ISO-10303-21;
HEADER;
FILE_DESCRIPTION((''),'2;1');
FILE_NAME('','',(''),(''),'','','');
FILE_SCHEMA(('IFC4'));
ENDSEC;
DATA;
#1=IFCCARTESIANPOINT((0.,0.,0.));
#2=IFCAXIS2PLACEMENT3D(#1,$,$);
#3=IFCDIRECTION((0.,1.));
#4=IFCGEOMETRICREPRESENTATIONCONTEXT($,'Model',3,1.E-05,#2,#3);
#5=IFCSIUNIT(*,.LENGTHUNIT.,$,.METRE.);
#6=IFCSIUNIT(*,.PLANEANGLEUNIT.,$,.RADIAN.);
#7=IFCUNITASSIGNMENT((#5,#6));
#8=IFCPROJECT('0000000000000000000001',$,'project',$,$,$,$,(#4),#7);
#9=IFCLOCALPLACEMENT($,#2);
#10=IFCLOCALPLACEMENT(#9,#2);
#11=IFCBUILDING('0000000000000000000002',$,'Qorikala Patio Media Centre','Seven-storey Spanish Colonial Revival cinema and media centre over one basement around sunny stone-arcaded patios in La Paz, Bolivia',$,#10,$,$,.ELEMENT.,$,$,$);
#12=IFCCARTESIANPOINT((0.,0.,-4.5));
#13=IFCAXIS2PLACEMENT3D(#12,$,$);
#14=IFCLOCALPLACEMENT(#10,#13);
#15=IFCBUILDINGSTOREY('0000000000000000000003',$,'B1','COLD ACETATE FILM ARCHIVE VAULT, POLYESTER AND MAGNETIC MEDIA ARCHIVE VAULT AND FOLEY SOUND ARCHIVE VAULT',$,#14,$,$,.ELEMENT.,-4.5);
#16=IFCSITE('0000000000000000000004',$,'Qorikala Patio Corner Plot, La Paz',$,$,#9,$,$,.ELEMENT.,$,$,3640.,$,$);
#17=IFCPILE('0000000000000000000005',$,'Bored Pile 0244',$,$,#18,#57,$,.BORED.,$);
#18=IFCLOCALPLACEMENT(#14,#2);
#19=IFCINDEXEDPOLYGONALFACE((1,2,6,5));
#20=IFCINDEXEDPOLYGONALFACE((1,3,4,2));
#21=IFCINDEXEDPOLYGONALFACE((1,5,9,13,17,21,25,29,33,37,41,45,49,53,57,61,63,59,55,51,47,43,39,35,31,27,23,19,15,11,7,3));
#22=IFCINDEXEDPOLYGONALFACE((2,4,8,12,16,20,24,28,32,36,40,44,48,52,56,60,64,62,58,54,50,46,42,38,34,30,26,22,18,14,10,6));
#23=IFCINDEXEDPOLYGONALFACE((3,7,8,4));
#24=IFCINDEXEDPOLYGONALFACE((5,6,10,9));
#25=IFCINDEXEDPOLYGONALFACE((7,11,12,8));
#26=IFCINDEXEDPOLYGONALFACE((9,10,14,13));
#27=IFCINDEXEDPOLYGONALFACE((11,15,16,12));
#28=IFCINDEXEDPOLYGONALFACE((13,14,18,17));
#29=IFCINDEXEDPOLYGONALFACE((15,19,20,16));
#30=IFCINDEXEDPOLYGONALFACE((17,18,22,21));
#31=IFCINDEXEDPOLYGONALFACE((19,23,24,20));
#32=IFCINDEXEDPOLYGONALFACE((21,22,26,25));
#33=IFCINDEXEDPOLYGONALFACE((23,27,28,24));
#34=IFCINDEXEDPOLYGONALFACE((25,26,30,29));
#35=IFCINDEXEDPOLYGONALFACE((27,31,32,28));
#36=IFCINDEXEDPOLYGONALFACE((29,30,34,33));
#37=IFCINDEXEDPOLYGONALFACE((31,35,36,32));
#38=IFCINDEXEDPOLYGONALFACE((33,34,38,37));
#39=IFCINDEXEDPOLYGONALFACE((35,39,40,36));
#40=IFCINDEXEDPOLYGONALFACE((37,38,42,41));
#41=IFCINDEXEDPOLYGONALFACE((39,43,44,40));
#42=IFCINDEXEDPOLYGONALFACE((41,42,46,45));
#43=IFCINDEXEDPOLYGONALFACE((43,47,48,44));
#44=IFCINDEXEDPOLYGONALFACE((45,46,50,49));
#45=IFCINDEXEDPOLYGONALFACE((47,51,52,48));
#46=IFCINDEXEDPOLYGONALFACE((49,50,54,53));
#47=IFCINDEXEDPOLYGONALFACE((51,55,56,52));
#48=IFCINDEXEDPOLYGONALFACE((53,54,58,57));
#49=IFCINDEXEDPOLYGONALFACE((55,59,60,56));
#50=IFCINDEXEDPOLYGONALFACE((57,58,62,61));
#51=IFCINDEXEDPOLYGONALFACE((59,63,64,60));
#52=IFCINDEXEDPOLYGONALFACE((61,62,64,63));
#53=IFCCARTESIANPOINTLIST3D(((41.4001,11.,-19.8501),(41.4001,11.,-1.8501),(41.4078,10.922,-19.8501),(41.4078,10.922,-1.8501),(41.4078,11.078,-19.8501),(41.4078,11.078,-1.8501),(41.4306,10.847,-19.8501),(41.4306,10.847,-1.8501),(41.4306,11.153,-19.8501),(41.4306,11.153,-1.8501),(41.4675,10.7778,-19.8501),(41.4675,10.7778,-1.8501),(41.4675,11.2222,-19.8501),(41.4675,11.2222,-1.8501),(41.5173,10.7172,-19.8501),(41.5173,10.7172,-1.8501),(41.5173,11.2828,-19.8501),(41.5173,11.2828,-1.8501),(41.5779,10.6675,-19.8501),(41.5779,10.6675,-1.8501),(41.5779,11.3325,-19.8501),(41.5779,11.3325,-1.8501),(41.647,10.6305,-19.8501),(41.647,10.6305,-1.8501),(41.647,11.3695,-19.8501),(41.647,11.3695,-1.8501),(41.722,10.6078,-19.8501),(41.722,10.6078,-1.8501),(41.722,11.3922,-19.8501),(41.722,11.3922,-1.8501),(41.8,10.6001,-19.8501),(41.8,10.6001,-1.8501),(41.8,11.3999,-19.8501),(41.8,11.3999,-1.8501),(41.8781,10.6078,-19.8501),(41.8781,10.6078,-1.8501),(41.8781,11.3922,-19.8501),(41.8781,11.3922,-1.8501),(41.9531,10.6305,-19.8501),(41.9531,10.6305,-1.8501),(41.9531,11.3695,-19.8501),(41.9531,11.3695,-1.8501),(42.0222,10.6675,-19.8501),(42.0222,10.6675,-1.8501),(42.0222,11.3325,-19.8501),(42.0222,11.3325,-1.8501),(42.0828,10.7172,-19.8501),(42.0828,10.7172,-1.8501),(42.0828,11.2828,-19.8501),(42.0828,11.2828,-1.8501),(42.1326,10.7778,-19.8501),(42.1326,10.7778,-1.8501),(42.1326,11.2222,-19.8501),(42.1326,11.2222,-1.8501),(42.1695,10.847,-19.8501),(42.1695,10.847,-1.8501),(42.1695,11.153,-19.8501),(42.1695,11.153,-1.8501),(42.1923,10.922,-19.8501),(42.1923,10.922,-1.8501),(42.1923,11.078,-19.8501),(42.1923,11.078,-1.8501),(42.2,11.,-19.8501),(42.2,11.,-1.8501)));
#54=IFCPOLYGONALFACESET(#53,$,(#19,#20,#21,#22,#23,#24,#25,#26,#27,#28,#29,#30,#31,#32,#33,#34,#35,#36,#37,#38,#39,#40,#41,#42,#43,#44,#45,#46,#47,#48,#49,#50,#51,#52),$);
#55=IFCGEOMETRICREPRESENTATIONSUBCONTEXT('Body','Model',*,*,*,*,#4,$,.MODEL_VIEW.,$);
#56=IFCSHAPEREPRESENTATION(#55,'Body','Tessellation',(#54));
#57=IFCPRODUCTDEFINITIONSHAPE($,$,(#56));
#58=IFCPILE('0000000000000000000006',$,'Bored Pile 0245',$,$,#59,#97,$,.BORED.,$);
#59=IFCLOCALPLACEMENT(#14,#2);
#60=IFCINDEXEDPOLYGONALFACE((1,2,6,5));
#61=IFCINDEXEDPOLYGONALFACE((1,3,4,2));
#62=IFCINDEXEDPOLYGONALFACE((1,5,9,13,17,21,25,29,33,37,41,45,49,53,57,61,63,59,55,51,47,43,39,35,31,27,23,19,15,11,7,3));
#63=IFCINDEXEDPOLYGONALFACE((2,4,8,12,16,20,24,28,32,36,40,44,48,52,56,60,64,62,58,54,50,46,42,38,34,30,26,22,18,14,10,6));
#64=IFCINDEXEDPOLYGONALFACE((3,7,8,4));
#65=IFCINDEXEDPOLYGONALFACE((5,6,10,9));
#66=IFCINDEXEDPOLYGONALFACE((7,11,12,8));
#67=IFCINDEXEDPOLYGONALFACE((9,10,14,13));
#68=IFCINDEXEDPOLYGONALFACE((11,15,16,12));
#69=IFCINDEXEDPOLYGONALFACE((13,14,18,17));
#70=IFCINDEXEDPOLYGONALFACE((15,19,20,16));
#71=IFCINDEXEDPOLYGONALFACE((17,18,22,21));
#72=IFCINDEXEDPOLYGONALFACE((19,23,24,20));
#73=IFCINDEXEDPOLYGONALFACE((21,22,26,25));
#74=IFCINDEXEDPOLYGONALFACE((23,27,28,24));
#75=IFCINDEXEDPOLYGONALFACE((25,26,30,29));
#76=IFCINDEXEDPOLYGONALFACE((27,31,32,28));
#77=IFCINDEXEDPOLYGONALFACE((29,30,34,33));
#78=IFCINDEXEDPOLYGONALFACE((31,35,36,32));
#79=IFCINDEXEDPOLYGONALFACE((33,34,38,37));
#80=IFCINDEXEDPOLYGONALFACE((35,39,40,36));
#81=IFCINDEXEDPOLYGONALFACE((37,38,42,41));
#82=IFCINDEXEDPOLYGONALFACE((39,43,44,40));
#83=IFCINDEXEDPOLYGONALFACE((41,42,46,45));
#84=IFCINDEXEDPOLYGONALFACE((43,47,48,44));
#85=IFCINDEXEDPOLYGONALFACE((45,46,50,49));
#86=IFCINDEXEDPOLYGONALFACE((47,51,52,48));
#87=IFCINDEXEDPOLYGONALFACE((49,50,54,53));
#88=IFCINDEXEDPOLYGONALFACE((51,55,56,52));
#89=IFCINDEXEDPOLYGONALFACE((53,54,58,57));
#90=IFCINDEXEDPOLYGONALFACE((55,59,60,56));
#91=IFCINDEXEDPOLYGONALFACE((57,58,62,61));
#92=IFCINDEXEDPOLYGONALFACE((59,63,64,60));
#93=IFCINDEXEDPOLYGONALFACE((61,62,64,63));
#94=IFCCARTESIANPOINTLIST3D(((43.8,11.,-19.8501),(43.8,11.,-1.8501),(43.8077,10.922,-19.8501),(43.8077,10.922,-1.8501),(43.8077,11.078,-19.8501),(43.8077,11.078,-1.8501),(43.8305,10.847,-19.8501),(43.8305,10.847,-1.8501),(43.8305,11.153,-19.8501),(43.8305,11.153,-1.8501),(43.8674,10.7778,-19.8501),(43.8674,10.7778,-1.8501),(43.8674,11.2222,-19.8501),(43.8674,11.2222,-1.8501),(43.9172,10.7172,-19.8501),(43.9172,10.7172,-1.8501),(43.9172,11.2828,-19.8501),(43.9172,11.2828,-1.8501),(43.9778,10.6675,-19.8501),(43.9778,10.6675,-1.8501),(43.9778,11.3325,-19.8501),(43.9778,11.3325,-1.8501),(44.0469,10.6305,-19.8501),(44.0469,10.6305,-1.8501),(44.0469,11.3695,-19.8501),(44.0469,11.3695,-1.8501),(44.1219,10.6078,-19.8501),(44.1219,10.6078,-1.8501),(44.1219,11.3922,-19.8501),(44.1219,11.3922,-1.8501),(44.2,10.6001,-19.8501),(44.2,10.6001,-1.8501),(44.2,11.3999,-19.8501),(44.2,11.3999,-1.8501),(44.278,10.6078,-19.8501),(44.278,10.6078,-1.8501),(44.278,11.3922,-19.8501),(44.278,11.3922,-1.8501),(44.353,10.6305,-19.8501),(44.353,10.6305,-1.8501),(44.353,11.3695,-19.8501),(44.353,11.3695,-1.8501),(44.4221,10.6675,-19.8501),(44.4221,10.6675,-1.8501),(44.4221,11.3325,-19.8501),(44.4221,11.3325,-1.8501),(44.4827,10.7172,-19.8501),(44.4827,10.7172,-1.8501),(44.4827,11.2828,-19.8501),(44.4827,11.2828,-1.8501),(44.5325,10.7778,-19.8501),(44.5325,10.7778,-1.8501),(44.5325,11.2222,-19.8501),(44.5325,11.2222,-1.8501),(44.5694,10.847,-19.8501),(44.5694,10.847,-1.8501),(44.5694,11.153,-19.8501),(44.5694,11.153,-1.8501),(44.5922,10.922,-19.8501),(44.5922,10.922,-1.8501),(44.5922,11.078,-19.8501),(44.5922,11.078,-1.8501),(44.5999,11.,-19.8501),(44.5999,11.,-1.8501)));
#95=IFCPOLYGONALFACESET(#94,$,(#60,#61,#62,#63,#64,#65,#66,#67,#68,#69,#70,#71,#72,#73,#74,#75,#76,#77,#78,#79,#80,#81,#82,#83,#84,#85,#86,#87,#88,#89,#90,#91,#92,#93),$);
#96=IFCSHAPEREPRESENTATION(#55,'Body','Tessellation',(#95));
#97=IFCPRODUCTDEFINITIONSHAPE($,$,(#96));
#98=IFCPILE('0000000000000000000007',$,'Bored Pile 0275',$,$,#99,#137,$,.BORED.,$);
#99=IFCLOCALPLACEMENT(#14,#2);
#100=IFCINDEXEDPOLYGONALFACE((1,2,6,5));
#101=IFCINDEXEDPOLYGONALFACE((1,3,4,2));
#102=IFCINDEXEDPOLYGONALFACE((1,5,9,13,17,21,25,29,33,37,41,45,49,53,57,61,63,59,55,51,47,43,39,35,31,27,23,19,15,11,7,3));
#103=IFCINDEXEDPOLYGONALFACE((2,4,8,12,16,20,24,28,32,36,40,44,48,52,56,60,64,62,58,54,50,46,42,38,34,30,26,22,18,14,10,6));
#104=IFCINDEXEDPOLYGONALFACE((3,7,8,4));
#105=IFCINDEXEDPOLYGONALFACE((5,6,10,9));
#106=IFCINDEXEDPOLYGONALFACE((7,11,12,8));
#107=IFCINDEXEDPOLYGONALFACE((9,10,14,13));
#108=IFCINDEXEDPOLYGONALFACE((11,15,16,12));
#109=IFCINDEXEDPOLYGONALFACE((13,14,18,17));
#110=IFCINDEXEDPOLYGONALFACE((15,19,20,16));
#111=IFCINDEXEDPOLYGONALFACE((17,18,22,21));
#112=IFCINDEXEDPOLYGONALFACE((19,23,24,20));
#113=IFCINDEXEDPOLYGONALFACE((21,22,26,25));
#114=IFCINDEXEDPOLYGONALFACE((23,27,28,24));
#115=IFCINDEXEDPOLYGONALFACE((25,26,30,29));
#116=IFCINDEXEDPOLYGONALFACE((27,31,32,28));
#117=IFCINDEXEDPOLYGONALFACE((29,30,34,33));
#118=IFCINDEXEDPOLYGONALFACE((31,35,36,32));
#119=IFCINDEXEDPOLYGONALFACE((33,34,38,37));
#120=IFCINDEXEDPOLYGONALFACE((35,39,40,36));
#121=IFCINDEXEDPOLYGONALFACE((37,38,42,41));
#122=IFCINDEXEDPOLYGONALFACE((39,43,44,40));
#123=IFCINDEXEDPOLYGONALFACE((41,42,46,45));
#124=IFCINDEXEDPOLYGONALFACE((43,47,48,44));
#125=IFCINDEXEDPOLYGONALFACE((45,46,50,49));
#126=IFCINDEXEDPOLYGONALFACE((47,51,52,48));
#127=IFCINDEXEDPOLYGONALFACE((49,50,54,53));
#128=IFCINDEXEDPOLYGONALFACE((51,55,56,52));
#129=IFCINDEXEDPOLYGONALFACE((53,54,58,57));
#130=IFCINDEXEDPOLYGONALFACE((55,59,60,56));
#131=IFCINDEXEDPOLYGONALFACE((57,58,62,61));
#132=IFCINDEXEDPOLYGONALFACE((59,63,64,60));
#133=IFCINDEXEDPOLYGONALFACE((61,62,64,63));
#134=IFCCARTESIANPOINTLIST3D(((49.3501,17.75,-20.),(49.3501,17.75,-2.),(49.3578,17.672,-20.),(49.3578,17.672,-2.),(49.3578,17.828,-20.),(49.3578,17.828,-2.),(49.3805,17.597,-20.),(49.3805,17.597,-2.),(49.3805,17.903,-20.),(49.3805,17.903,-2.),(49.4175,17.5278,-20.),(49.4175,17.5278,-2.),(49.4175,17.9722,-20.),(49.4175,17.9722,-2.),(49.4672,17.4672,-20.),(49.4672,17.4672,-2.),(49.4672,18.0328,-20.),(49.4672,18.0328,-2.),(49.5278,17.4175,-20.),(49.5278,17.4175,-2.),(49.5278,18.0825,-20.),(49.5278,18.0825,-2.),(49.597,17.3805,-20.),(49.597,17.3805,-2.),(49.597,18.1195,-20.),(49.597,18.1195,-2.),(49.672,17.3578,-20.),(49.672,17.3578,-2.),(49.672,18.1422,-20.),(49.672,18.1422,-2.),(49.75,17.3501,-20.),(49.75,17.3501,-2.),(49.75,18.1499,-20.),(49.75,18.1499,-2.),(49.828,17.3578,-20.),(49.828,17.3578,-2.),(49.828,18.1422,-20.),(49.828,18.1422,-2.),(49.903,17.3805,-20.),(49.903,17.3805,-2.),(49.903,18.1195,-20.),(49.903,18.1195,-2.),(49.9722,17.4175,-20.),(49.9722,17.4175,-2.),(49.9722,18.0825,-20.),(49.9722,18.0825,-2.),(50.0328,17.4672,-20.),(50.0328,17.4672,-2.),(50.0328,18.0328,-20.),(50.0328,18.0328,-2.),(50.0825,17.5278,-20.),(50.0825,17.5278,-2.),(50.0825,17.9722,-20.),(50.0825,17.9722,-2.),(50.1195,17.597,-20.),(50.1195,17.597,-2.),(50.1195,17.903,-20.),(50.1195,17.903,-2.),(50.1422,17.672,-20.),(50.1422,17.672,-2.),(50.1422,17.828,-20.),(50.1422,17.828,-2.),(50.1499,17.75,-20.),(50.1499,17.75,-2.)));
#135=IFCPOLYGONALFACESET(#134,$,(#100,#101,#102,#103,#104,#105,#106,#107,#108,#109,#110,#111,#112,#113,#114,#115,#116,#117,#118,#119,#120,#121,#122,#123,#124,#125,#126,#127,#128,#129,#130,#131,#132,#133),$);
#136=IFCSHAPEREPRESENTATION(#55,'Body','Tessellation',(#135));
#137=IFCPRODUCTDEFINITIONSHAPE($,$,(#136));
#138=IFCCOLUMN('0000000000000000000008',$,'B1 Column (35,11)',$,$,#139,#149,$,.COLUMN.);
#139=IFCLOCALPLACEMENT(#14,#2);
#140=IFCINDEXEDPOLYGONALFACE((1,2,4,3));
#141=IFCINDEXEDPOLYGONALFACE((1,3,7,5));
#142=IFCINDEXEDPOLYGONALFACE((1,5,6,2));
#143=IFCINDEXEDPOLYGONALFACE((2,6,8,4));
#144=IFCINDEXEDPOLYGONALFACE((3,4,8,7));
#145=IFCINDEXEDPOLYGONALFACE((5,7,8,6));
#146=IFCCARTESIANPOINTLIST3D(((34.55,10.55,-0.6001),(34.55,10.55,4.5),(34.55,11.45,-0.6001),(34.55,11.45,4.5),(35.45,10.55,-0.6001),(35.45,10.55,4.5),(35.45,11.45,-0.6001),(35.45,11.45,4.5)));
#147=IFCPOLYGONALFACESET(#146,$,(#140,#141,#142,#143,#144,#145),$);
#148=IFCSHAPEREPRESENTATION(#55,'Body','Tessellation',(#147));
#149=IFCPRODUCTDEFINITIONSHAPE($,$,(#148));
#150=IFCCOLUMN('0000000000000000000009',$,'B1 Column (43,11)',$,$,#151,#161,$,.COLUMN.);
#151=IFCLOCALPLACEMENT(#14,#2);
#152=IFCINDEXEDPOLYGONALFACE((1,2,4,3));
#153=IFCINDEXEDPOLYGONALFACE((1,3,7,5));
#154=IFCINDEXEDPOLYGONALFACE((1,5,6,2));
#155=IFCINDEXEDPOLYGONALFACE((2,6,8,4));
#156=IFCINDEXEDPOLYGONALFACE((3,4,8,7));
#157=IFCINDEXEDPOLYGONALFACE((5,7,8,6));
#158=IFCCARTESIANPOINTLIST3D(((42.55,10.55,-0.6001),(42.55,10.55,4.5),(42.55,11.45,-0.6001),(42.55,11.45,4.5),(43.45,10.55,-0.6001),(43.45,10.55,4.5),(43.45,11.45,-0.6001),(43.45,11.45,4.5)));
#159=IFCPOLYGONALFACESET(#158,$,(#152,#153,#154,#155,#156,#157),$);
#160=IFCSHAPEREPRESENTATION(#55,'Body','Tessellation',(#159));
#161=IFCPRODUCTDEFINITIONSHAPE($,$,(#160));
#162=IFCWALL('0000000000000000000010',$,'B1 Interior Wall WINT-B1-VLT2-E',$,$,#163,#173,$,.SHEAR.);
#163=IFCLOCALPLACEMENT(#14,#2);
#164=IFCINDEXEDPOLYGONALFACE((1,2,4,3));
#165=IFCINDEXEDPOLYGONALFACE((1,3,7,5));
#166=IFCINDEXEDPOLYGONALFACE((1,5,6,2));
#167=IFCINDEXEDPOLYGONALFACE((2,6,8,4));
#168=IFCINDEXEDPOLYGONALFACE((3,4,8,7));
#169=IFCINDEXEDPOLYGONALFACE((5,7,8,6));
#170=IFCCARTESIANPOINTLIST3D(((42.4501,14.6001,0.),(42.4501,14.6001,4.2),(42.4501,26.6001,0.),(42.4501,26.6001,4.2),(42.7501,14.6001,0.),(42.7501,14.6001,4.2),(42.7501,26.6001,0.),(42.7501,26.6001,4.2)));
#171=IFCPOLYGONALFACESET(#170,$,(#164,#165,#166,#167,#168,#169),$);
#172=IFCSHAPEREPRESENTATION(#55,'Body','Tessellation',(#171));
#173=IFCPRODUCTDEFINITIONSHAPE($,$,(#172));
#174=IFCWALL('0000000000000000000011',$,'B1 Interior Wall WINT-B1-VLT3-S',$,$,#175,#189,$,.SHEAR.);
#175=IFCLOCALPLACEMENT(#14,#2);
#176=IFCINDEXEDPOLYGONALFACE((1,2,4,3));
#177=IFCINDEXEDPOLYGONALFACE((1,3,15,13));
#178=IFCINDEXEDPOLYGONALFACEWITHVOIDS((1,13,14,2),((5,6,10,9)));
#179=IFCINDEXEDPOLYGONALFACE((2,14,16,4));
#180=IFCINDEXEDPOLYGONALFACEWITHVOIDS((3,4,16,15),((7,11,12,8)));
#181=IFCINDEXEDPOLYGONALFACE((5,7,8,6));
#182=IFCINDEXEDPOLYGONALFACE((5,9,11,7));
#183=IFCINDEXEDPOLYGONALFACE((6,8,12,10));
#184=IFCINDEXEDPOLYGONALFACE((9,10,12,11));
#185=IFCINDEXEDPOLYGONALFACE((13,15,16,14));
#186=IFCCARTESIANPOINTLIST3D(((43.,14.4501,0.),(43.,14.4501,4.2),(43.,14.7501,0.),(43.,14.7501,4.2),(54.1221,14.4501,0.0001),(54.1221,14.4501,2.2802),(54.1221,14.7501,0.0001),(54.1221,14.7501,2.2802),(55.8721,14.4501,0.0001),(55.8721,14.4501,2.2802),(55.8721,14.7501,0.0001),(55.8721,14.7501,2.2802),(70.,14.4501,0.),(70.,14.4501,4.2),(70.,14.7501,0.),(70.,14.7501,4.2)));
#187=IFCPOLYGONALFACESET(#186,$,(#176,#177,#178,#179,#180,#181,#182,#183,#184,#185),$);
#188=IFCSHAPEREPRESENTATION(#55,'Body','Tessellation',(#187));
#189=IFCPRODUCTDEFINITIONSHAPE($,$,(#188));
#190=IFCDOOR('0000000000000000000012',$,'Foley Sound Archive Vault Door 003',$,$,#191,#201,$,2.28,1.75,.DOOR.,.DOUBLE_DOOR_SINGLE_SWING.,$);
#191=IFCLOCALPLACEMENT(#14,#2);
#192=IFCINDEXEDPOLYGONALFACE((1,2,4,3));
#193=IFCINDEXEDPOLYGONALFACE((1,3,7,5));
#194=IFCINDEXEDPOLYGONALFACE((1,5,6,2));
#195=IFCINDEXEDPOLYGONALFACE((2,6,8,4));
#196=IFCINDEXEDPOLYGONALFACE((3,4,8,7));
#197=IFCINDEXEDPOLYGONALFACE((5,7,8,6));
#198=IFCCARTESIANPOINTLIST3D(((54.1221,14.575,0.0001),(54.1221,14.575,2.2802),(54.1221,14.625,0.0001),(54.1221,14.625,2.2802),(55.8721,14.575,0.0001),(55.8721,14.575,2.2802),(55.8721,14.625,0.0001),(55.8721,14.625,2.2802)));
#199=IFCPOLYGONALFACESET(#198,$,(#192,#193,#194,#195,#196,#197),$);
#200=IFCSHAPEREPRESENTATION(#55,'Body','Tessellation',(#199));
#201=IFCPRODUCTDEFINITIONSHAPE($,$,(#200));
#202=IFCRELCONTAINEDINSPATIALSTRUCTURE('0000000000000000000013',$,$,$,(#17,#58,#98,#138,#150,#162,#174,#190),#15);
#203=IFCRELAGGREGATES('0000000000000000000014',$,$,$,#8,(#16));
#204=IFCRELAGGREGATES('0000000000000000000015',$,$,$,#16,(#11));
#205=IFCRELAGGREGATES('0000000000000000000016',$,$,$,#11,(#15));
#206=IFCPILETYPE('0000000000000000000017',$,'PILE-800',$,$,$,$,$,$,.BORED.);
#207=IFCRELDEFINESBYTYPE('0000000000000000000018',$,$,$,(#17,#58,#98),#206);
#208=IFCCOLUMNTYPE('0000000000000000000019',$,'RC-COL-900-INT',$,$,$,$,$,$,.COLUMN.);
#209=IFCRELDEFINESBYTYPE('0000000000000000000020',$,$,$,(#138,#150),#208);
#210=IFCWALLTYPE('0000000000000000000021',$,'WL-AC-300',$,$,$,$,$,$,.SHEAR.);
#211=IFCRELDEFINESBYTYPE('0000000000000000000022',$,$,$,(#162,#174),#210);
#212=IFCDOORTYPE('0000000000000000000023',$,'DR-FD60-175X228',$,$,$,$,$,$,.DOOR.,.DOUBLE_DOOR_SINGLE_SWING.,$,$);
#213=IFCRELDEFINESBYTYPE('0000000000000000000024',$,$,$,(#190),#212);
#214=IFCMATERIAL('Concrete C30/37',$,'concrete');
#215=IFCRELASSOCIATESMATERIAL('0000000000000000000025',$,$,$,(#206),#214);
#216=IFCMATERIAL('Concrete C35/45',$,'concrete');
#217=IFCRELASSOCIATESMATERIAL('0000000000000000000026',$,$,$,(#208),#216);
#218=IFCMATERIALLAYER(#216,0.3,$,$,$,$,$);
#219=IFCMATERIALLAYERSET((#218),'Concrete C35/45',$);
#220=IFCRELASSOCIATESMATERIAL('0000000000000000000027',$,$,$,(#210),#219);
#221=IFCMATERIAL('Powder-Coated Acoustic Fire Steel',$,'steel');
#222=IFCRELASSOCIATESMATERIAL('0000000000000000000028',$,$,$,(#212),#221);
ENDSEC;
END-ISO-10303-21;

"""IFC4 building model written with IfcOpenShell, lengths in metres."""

from ifc_helpers import new_model, si_unit, direction, frame, frame_2d, origin, origin_2d, place, context, subcontext, project, spatial, rectangle, circle, extrude, material, layer, layer_set, material_profile, profile_set, type_object, element, fill, save


model = new_model("IFC4")

# Units and contexts
model_context = context("Model", 3, precision=1e-05, world=origin(), true_north=direction((0.0, 1.0)))
body_context = subcontext(model_context, "Body", "Model", "MODEL_VIEW")
ifc_project = project(units=[si_unit("LENGTHUNIT", "METRE"), si_unit("PLANEANGLEUNIT", "RADIAN")], contexts=[model_context])

# Site, building, storey
site_placement = place(None, origin())
site = spatial("IfcSite", under=ifc_project, at=site_placement, Name="Qorikala Patio Corner Plot, La Paz", CompositionType="ELEMENT", RefElevation=3640.0)
building_placement = place(site_placement, origin())
building = spatial("IfcBuilding", under=site, at=building_placement, Name="Qorikala Patio Media Centre", Description="Seven-storey Spanish Colonial Revival cinema and media centre over one basement around sunny stone-arcaded patios in La Paz, Bolivia", CompositionType="ELEMENT")
storey_placement = place(building_placement, frame((0.0, 0.0, -4.5)))
storey = spatial("IfcBuildingStorey", under=building, at=storey_placement, Name="B1", Description="COLD ACETATE FILM ARCHIVE VAULT, POLYESTER AND MAGNETIC MEDIA ARCHIVE VAULT AND FOLEY SOUND ARCHIVE VAULT", CompositionType="ELEMENT", Elevation=-4.5)

# Shared definitions
ifc_material_1 = material(Name="Concrete C30/37", Category="concrete")

# Piles
ifc_material_profile_1 = material_profile(ifc_material_1, circle(Radius=0.3999, at=origin_2d()), Name="BORED PILE 800")
ifc_profile_set_1 = profile_set([ifc_material_profile_1], Name="Concrete C30/37")
pile_type_1 = type_object("IfcPileType", Name="PILE-800", PredefinedType="BORED", material=ifc_profile_set_1)
for number, where, z_axis, x_axis, name in (
    (1, (41.8, 11.0, -1.8501), (0.0, 0.0, -1.0), (1.0, 0.0, 0.0), "Bored Pile 0244"),
    (2, (44.2, 11.0, -1.8501), (0.0, 0.0, -1.0), (1.0, 0.0, 0.0), "Bored Pile 0245"),
    (3, (49.75, 17.75, -2.0), (0.0, 0.0, -1.0), (1.0, 0.0, 0.0), "Bored Pile 0275"),
):
    element("IfcPile", number, at=place(storey_placement, frame(where, z_axis=z_axis, x_axis=x_axis)), inside=storey, type_object=pile_type_1, Name=name, PredefinedType="BORED", context=body_context, shape_type="SweptSolid", body=[
        extrude(circle(Radius=0.3999, at=origin_2d()), origin(), (0.0, 0.0, 1.0), 18.0),
    ])

# Columns
ifc_material_2 = material(Name="Concrete C35/45", Category="concrete")
ifc_material_profile_2 = material_profile(ifc_material_2, rectangle(XDim=0.8999, YDim=0.8999, at=origin_2d()), Name="RC 900x900")
ifc_profile_set_2 = profile_set([ifc_material_profile_2], Name="Concrete C35/45")
column_type = type_object("IfcColumnType", Name="RC-COL-900-INT", PredefinedType="COLUMN", material=ifc_profile_set_2)
for number, where, z_axis, x_axis, name in (
    (4, (35.0, 11.0, -0.6001), (0.0, 0.0, 1.0), (1.0, 0.0, 0.0), "B1 Column (35,11)"),
    (5, (43.0, 11.0, -0.6001), (0.0, 0.0, 1.0), (1.0, 0.0, 0.0), "B1 Column (43,11)"),
):
    element("IfcColumn", number, at=place(storey_placement, frame(where, z_axis=z_axis, x_axis=x_axis)), inside=storey, type_object=column_type, Name=name, PredefinedType="COLUMN", context=body_context, shape_type="SweptSolid", body=[
        extrude(rectangle(XDim=0.8999, YDim=0.8999, at=origin_2d()), origin(), (0.0, 0.0, 1.0), 5.1001),
    ])

# Wall
ifc_layer_1 = layer(ifc_material_2, 0.3)
ifc_layer_set_1 = layer_set([ifc_layer_1], Name="Concrete C35/45")
wall_type_1 = type_object("IfcWallType", Name="WL-AC-300", PredefinedType="SHEAR", material=ifc_layer_set_1)
wall_1_placement = place(storey_placement, frame((42.6001, 14.6001, 0.0), z_axis=(0.0, 0.0, 1.0), x_axis=(0.0, 1.0, 0.0)))
element("IfcWall", 6, at=wall_1_placement, inside=storey, type_object=wall_type_1, Name="B1 Interior Wall WINT-B1-VLT2-E", PredefinedType="SHEAR", context=body_context, shape_type="SweptSolid", body=[
    extrude(rectangle(XDim=12.0, YDim=0.3, at=frame_2d((6.0, 0.0))), origin(), (0.0, 0.0, 1.0), 4.2),
])

# Wall, opening, door
wall_2_placement = place(storey_placement, frame((43.0, 14.6001, 0.0), z_axis=(0.0, 0.0, 1.0), x_axis=(1.0, 0.0, 0.0)))
wall_2 = element("IfcWall", 7, at=wall_2_placement, inside=storey, type_object=wall_type_1, Name="B1 Interior Wall WINT-B1-VLT3-S", PredefinedType="SHEAR", context=body_context, shape_type="SweptSolid", body=[
    extrude(rectangle(XDim=27.0, YDim=0.3, at=frame_2d((13.5, 0.0))), origin(), (0.0, 0.0, 1.0), 4.2),
])
opening_1_placement = place(wall_2_placement, frame((11.1221, 0.0, 0.0)))
opening_1 = element("IfcOpeningElement", 8, at=opening_1_placement, cuts=wall_2, PredefinedType="OPENING", context=body_context, shape_type="SweptSolid", body=[
    extrude(rectangle(XDim=1.75, YDim=2.28, at=frame_2d((0.875, 1.1401))), frame((0.0, 0.1599, 0.0), z_axis=(0.0, -1.0, 0.0), x_axis=(1.0, 0.0, 0.0)), (0.0, 0.0, 1.0), 0.3201),
])
ifc_material_3 = material(Name="Powder-Coated Acoustic Fire Steel", Category="steel")
door_type_1 = type_object("IfcDoorType", Name="DR-FD60-175X228", OperationType="DOUBLE_DOOR_SINGLE_SWING", PredefinedType="DOOR", material=ifc_material_3)
door_1_placement = place(opening_1_placement, origin())
door_1 = element("IfcDoor", 9, at=door_1_placement, inside=storey, type_object=door_type_1, Name="Foley Sound Archive Vault Door 003", OperationType="DOUBLE_DOOR_SINGLE_SWING", OverallHeight=2.28, OverallWidth=1.75, PredefinedType="DOOR", context=body_context, shape_type="SweptSolid", body=[
    extrude(rectangle(XDim=1.75, YDim=2.28, at=frame_2d((0.875, 1.1401))), frame((0.0, 0.0249, 0.0), z_axis=(0.0, -1.0, 0.0), x_axis=(1.0, 0.0, 0.0)), (0.0, 0.0, 1.0), 0.05),
])
fill(opening_1, door_1)

save(model, "model.ifc")
